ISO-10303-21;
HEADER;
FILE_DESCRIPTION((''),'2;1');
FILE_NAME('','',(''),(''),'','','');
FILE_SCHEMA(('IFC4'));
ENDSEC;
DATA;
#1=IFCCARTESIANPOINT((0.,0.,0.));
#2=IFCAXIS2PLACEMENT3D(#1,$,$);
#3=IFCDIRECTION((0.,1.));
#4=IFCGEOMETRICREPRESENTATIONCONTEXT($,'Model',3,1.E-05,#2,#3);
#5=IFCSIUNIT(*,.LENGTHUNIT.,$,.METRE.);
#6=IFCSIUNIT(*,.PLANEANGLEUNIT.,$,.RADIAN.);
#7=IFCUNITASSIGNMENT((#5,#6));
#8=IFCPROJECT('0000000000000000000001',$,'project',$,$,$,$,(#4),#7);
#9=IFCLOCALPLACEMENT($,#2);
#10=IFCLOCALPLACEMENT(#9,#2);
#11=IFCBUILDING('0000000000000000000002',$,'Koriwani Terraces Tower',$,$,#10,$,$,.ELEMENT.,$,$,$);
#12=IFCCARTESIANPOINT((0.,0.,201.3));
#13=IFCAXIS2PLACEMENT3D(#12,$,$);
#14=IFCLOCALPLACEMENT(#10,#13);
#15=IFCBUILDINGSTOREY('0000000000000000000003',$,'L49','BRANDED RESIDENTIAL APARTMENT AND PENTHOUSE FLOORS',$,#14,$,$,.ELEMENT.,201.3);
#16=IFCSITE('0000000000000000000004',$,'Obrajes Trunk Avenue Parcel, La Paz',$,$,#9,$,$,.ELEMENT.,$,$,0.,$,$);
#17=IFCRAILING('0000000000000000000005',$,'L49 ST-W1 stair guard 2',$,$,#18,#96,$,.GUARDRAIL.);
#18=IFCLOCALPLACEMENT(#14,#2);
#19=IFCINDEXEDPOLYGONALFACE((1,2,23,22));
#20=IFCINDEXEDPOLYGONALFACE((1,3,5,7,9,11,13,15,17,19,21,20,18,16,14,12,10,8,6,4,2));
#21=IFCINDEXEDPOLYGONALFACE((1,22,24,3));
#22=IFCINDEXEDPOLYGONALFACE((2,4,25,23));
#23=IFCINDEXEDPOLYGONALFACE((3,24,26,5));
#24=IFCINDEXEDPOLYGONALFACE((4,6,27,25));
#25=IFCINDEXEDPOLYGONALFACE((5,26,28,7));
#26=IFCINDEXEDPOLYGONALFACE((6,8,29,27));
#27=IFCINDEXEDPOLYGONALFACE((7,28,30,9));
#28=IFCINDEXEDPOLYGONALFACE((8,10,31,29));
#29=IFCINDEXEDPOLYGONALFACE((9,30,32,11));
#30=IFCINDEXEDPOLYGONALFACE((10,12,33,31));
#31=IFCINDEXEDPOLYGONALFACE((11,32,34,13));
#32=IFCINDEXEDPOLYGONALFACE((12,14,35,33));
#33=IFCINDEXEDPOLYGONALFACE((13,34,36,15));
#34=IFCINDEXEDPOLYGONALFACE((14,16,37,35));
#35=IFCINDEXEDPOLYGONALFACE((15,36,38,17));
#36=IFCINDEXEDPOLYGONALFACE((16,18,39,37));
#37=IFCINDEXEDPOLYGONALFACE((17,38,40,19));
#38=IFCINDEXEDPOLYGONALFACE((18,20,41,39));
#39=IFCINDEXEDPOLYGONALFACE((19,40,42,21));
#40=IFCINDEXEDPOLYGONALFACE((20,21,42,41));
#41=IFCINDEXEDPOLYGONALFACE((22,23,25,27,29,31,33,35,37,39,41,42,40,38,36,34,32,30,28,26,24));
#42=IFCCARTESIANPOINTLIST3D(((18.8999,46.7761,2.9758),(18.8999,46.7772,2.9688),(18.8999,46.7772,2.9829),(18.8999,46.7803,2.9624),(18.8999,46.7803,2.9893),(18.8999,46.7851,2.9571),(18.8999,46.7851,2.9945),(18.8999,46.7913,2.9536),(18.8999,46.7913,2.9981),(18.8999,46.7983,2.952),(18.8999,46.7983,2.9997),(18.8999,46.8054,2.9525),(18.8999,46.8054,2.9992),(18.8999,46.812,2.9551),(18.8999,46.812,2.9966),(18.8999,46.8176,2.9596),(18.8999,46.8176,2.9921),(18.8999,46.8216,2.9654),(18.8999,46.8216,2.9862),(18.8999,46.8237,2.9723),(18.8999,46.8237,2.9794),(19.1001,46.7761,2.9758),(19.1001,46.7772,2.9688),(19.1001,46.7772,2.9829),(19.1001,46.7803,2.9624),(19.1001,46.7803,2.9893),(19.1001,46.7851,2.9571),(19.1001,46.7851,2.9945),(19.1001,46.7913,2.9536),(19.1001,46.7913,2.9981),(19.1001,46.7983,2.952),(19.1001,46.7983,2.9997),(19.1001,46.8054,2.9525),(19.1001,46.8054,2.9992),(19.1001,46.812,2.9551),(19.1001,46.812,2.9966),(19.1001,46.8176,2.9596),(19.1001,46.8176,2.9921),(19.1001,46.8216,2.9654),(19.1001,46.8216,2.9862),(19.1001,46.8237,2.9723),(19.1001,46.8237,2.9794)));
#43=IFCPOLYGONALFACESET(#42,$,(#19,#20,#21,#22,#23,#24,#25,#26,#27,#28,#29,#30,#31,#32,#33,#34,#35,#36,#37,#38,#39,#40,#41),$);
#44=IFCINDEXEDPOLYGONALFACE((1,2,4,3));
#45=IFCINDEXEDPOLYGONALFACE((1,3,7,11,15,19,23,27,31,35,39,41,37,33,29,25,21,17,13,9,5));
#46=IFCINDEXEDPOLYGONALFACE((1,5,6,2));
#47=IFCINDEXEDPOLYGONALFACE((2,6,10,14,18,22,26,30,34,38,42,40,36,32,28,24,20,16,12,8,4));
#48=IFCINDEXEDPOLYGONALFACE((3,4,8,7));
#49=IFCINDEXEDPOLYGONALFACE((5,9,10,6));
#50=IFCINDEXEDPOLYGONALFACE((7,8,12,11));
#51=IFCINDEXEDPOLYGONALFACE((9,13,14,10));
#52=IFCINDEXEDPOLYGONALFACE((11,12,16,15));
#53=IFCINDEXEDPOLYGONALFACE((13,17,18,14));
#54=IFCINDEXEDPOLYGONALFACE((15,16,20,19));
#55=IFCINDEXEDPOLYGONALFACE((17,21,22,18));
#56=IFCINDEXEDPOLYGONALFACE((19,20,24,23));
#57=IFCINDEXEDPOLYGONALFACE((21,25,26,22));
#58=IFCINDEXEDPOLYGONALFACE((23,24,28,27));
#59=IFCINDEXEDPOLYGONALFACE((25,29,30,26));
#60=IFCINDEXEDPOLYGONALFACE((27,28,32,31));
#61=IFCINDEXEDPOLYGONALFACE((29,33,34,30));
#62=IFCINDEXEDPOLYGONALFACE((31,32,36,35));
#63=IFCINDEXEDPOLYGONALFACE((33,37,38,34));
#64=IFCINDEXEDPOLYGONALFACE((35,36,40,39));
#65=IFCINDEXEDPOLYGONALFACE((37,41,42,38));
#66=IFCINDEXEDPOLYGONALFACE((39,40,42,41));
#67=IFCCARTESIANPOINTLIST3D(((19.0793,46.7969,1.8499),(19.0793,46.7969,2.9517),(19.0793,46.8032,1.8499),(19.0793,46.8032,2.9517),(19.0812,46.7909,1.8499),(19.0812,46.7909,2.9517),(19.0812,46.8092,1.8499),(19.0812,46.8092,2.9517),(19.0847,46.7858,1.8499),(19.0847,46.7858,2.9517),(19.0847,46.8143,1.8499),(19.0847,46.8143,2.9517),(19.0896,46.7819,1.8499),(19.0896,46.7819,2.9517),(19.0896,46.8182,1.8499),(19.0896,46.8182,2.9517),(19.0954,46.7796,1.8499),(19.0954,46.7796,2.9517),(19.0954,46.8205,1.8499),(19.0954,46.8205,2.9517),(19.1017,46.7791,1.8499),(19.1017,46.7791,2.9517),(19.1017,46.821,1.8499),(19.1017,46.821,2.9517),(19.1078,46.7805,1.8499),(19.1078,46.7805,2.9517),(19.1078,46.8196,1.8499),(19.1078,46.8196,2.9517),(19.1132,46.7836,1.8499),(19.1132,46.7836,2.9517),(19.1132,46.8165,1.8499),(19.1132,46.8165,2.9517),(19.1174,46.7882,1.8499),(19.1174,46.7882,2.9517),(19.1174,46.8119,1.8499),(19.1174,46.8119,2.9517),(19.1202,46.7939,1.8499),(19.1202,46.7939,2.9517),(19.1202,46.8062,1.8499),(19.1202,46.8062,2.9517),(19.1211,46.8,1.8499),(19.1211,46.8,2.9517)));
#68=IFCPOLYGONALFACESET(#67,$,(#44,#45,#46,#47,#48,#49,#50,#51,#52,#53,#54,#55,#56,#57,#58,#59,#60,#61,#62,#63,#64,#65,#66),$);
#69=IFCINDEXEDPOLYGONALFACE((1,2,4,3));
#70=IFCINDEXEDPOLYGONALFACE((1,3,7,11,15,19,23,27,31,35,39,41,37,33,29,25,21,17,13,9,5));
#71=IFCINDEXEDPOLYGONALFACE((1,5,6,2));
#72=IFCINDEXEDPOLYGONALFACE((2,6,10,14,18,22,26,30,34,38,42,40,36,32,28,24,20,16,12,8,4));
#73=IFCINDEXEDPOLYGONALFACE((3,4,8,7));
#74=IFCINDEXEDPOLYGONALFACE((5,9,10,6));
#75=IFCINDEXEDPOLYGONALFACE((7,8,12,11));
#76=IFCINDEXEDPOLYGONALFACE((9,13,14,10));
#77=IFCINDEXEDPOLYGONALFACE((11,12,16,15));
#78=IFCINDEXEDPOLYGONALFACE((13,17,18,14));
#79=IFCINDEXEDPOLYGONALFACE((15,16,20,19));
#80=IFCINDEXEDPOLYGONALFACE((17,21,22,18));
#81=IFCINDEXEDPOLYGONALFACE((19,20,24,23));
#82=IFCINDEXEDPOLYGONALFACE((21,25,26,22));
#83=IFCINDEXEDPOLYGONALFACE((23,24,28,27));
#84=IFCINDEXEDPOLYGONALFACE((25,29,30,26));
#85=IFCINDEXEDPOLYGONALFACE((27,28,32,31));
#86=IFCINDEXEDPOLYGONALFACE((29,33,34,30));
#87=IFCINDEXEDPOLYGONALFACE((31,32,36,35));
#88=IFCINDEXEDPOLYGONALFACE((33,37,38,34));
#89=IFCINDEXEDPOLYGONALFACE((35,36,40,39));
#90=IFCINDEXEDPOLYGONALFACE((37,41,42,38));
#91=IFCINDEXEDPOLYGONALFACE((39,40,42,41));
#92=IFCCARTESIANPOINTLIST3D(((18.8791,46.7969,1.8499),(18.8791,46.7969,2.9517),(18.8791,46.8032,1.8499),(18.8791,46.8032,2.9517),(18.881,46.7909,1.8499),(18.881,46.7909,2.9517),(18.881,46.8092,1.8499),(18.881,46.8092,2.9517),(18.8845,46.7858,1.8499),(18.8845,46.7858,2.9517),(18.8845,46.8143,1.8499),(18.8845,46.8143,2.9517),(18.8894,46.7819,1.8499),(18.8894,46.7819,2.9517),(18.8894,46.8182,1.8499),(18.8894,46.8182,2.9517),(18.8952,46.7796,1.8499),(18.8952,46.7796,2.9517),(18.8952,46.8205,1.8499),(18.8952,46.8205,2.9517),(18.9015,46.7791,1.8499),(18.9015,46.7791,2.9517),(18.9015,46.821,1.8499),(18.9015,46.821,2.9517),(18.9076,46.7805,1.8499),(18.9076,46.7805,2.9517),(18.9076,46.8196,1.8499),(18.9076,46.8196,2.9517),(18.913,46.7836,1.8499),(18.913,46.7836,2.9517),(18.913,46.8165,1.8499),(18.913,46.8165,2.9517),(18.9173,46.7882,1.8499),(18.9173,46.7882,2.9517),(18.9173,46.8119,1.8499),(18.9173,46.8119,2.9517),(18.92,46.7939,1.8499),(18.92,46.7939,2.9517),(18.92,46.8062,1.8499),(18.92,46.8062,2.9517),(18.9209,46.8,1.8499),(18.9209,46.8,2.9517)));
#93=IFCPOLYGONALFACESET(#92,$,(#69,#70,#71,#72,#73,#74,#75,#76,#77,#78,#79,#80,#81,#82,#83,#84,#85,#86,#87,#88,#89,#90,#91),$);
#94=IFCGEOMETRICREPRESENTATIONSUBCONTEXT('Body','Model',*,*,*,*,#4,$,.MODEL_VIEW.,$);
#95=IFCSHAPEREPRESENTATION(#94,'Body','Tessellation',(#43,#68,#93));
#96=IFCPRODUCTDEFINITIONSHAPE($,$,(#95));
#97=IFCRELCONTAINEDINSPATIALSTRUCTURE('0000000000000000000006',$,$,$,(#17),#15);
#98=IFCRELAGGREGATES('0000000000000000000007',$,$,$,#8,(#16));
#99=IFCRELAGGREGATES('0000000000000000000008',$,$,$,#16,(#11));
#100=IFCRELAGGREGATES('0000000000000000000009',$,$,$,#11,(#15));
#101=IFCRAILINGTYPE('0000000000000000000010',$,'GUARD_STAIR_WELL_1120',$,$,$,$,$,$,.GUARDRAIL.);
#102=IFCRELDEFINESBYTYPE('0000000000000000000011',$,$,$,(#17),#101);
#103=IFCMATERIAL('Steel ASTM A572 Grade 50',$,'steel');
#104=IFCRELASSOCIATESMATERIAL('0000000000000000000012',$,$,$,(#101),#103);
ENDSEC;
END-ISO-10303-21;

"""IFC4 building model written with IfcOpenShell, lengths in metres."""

from ifc_helpers import new_model, si_unit, direction, frame, origin, origin_2d, place, context, subcontext, project, spatial, circle, extrude, material, type_object, element, save


model = new_model("IFC4")

# Units and contexts
model_context = context("Model", 3, precision=1e-05, world=origin(), true_north=direction((0.0, 1.0)))
body_context = subcontext(model_context, "Body", "Model", "MODEL_VIEW")
ifc_project = project(units=[si_unit("LENGTHUNIT", "METRE"), si_unit("PLANEANGLEUNIT", "RADIAN")], contexts=[model_context])

# Site, building, storey
site_placement = place(None, origin())
site = spatial("IfcSite", under=ifc_project, at=site_placement, Name="Obrajes Trunk Avenue Parcel, La Paz", CompositionType="ELEMENT", RefElevation=0.0)
building_placement = place(site_placement, origin())
building = spatial("IfcBuilding", under=site, at=building_placement, Name="Koriwani Terraces Tower", CompositionType="ELEMENT")
storey_placement = place(building_placement, frame((0.0, 0.0, 201.3)))
storey = spatial("IfcBuildingStorey", under=building, at=storey_placement, Name="L49", Description="BRANDED RESIDENTIAL APARTMENT AND PENTHOUSE FLOORS", CompositionType="ELEMENT", Elevation=201.3)

# Shared definitions
ifc_material_1 = material(Name="Steel ASTM A572 Grade 50", Category="steel")

# Railing
railing_type_1 = type_object("IfcRailingType", Name="GUARD_STAIR_WELL_1120", PredefinedType="GUARDRAIL", material=ifc_material_1)
railing_1_placement = place(storey_placement, frame((19.1001, 46.8, 1.8499)))
element("IfcRailing", 1, at=railing_1_placement, inside=storey, type_object=railing_type_1, Name="L49 ST-W1 stair guard 2", PredefinedType="GUARDRAIL", context=body_context, shape_type="SweptSolid", body=[
    extrude(circle(Radius=0.0239, at=origin_2d()), frame((0.0, 0.0, 1.126), z_axis=(-1.0, 0.0, 0.0), x_axis=(0.0, -1.0, 0.0)), (0.0, 0.0, 1.0), 0.2002),
    extrude(circle(Radius=0.021, at=origin_2d()), origin(), (0.0, 0.0, 1.0), 1.1018),
    extrude(circle(Radius=0.021, at=origin_2d()), frame((-0.2002, 0.0, 0.0)), (0.0, 0.0, 1.0), 1.1018),
])

save(model, "model.ifc")
